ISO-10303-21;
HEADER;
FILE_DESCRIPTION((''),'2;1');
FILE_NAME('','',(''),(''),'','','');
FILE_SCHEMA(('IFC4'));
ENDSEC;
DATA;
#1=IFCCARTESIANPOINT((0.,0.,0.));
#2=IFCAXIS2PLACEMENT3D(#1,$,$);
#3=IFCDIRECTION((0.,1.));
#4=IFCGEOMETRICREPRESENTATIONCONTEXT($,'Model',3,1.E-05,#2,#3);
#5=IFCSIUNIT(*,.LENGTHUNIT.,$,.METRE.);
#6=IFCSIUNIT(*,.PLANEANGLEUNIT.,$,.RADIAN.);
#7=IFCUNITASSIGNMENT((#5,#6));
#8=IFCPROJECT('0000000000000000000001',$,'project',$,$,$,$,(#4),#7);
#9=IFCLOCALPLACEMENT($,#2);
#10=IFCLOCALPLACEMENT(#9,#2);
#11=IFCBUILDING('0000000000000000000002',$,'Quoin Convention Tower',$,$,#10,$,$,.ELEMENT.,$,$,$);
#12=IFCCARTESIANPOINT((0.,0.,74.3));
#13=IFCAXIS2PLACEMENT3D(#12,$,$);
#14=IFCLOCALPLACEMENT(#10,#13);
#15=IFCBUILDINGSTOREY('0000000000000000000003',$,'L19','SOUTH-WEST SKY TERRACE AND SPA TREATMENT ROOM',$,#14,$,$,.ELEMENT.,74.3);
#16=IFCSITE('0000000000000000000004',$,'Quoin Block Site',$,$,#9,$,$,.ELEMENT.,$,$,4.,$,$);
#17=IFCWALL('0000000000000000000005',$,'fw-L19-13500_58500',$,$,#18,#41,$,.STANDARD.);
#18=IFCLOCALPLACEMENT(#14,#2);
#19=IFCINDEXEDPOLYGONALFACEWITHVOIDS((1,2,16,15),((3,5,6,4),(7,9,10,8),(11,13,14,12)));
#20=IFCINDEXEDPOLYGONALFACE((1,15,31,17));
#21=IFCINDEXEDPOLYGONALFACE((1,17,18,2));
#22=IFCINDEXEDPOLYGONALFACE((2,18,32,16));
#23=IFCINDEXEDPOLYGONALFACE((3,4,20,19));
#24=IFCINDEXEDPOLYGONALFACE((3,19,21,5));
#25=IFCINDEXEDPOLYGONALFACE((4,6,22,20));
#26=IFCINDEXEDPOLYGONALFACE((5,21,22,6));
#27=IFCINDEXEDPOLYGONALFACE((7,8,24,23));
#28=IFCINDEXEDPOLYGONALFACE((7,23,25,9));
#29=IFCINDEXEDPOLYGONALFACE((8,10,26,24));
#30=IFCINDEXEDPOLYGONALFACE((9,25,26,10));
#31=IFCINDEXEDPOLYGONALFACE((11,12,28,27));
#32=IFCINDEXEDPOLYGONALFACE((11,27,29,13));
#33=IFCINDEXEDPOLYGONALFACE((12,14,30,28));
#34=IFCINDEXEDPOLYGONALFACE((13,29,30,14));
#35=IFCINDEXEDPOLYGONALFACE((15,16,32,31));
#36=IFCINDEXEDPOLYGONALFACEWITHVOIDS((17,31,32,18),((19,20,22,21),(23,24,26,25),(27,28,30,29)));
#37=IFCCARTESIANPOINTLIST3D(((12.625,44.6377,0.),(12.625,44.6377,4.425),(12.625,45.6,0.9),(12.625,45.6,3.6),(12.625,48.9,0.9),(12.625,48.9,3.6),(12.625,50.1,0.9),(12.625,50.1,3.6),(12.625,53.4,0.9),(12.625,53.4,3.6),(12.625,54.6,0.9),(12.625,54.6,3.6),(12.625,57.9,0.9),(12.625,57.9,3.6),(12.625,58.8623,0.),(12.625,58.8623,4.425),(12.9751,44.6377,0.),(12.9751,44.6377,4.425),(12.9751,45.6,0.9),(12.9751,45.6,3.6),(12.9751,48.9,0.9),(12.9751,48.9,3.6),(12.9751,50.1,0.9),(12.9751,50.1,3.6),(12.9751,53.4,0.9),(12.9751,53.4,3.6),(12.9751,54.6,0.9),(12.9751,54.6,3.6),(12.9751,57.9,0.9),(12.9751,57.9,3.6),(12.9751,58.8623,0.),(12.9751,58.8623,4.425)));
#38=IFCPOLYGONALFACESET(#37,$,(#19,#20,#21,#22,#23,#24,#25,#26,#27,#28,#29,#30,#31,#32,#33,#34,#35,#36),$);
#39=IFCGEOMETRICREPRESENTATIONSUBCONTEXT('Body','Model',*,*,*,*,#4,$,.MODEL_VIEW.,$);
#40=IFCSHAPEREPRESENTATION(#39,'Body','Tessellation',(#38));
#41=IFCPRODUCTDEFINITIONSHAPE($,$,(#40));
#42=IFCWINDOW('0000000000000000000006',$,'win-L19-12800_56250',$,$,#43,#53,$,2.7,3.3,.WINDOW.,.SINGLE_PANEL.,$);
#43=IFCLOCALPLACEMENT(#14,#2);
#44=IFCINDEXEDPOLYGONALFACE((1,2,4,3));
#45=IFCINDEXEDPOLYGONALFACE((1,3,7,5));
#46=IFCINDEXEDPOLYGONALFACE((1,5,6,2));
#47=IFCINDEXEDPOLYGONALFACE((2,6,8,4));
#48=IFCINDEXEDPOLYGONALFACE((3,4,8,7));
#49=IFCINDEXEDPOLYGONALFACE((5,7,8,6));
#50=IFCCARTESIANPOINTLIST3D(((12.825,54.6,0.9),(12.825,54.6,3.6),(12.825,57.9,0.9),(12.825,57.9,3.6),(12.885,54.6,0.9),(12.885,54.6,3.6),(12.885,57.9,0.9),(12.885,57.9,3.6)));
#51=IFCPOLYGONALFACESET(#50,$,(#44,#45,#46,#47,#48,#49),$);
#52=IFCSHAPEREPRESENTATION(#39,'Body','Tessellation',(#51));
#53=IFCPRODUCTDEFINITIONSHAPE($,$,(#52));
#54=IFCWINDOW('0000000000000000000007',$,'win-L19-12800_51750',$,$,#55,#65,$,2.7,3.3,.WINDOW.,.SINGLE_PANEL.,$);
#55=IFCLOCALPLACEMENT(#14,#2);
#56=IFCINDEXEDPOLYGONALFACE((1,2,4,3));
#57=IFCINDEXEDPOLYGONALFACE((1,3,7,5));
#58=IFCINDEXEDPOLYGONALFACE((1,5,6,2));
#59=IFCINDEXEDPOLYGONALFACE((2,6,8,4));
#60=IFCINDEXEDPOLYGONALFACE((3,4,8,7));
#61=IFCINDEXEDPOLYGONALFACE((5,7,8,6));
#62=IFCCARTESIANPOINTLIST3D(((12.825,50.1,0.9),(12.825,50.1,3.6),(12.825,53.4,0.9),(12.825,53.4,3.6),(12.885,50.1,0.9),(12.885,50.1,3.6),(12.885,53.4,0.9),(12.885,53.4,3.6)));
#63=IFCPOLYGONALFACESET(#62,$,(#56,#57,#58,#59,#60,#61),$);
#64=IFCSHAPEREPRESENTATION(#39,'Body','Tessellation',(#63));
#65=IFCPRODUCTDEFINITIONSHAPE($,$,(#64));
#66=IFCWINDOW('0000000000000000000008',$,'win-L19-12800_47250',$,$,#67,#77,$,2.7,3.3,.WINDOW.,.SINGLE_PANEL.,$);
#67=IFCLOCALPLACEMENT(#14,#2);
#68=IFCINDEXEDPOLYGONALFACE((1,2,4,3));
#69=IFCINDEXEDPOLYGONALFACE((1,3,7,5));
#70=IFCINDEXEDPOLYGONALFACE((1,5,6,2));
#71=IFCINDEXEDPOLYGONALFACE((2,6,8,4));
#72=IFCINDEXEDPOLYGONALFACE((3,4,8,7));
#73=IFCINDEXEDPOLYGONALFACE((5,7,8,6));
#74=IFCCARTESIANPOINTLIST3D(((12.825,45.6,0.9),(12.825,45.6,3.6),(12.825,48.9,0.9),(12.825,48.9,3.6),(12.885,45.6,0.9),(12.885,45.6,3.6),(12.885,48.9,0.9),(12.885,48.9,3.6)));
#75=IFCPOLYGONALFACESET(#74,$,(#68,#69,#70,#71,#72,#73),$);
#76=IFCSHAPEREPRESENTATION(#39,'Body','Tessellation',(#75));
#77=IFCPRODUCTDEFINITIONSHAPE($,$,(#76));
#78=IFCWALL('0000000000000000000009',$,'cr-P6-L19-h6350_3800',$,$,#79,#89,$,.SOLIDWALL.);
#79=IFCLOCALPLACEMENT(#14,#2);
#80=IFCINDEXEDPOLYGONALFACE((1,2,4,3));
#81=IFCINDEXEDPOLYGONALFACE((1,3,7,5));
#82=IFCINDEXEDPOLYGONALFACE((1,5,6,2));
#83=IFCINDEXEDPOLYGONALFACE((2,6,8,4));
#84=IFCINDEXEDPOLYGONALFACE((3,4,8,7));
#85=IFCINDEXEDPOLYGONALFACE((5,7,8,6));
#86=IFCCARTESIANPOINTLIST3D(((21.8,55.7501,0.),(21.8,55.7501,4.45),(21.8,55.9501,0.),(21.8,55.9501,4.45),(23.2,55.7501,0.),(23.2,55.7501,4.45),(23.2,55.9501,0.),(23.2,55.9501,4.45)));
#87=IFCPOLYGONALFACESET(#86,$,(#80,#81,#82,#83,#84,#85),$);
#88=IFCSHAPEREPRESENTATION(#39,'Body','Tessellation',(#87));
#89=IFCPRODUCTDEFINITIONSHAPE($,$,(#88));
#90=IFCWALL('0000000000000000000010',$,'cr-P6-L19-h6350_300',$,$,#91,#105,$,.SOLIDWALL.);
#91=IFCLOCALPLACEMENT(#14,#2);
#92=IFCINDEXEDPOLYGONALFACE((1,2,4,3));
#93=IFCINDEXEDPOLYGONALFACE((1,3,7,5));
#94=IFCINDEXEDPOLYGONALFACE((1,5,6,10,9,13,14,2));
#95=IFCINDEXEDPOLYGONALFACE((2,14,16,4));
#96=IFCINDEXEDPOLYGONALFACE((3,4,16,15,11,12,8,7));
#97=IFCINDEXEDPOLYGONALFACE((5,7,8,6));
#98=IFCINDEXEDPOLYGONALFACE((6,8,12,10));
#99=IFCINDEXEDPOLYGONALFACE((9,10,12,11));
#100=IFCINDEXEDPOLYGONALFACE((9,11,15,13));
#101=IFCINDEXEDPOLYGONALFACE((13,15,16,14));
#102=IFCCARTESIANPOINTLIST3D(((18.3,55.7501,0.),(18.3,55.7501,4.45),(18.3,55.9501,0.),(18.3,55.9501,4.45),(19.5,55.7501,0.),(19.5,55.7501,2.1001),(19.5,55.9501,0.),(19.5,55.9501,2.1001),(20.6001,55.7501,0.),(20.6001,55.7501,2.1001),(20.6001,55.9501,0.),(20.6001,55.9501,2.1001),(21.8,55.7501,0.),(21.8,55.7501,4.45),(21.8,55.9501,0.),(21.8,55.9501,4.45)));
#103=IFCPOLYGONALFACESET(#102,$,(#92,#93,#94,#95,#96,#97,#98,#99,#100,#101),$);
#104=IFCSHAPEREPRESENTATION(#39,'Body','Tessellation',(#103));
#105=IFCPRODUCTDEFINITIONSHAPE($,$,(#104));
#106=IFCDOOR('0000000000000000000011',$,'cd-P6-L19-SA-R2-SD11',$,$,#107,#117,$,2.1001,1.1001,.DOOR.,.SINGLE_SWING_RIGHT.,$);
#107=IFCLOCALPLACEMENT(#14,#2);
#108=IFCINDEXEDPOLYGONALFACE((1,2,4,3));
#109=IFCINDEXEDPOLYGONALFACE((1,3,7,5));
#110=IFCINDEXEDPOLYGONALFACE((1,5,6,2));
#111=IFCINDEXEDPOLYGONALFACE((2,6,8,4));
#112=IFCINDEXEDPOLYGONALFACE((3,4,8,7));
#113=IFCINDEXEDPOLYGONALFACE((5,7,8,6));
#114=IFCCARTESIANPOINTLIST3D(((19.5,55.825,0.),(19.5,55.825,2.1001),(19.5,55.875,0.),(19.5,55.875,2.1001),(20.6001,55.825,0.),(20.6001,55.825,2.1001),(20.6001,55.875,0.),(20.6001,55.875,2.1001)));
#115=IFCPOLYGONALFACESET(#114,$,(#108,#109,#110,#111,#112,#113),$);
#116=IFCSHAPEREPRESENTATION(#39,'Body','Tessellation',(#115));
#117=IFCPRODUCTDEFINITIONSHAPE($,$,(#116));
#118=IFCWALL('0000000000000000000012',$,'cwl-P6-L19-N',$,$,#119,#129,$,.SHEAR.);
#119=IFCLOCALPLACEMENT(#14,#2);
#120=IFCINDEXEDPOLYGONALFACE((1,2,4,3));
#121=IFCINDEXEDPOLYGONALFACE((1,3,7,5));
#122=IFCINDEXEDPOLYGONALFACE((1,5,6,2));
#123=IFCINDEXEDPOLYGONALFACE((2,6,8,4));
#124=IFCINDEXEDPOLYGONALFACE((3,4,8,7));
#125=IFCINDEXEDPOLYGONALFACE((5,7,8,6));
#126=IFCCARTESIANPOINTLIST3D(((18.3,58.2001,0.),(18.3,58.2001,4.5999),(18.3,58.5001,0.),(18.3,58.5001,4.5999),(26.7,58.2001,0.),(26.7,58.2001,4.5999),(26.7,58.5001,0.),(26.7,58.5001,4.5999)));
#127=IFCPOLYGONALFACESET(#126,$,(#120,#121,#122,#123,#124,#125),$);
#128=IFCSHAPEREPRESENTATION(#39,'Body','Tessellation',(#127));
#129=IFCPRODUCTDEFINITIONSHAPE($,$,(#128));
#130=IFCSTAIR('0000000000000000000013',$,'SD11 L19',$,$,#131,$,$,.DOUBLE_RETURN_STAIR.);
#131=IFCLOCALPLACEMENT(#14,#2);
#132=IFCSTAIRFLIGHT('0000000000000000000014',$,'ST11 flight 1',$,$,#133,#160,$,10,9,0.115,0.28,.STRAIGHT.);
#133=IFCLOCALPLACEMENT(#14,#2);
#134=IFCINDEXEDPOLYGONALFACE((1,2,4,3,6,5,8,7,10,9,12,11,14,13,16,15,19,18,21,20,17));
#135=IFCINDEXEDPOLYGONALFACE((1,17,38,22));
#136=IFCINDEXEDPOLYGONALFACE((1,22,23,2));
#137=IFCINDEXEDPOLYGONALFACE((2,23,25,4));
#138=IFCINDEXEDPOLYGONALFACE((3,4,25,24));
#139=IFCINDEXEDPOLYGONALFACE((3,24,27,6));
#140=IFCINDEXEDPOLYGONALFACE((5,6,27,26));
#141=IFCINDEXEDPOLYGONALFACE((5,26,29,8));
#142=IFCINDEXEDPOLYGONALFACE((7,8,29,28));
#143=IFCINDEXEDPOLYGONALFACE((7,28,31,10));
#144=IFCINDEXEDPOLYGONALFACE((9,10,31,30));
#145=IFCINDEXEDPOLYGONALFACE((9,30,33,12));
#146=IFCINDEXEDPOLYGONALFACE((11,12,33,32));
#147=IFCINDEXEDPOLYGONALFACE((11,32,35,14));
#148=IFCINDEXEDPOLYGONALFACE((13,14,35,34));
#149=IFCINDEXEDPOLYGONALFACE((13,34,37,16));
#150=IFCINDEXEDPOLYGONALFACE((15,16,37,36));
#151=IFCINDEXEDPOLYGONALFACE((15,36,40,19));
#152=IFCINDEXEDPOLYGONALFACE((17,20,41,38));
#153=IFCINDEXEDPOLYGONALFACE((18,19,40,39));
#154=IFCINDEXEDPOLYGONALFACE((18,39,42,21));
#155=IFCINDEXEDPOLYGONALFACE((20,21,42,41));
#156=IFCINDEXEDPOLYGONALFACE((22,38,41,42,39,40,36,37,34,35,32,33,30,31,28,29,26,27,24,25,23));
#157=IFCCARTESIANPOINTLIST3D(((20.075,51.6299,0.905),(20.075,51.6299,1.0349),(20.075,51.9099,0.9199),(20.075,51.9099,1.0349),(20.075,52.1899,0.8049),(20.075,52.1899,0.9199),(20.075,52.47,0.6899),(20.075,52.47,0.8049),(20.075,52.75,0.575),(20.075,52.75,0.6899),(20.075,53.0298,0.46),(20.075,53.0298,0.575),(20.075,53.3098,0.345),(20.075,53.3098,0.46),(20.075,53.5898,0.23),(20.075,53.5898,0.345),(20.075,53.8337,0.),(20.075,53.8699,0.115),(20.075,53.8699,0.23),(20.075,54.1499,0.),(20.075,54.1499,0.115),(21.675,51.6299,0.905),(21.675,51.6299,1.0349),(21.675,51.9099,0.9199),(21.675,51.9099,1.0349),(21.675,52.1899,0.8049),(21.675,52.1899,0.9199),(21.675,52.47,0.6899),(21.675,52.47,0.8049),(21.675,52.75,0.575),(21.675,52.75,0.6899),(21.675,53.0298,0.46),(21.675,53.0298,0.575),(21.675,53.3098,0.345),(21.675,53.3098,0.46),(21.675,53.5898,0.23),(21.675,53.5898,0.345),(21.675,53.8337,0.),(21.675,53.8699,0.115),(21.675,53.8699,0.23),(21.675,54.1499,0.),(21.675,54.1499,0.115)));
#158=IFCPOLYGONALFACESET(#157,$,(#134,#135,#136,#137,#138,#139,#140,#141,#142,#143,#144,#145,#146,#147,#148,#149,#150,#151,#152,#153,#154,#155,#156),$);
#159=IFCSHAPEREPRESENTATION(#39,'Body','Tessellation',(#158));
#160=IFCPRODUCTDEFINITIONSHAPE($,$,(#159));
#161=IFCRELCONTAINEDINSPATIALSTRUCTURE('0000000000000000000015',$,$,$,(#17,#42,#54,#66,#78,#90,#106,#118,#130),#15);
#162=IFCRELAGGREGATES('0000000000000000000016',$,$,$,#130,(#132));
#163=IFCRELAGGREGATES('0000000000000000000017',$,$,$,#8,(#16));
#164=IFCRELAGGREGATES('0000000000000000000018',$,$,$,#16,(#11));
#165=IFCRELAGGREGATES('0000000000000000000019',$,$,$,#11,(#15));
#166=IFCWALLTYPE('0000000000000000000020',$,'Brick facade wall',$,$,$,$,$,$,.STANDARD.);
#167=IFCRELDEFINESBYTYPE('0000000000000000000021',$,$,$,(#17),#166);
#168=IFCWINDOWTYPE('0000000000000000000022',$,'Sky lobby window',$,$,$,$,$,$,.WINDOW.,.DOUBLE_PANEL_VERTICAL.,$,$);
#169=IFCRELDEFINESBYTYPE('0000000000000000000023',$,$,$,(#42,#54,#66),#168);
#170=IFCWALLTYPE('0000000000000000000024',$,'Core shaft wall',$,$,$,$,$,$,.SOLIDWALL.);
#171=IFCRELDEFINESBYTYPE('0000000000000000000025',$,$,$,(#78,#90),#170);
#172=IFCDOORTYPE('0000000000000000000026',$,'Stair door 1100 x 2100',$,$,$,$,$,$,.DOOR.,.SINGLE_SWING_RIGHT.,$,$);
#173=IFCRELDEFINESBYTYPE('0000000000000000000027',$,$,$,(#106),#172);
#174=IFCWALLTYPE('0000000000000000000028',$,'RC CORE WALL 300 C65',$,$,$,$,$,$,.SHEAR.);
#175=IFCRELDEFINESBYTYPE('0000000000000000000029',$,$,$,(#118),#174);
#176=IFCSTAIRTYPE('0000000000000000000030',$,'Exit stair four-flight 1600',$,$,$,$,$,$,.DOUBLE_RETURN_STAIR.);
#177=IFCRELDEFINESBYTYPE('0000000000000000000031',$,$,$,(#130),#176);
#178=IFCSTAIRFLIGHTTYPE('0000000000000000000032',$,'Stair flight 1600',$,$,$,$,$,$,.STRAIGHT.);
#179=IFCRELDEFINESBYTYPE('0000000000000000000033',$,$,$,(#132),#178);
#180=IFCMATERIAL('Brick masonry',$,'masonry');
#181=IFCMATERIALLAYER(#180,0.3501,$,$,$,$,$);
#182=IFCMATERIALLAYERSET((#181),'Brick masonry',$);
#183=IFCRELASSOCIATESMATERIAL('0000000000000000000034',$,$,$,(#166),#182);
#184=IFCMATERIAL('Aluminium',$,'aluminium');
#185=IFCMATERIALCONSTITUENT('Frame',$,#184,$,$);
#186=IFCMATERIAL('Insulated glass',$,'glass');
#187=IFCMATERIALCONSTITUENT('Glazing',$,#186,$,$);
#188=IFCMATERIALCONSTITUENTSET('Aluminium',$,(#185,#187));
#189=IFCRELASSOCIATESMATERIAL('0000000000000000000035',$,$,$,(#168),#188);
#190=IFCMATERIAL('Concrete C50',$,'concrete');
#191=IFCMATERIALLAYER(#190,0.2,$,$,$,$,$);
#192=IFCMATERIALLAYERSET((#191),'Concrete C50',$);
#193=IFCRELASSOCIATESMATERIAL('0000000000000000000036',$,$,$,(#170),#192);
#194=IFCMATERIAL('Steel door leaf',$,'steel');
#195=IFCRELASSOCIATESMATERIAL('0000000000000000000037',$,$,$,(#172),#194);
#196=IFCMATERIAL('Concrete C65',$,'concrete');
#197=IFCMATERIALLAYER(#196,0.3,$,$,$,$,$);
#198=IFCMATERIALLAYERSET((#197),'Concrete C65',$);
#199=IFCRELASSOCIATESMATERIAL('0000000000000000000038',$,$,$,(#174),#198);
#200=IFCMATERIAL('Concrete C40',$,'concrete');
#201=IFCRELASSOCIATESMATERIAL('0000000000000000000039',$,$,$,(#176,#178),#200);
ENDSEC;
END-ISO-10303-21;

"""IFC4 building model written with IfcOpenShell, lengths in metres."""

from ifc_helpers import new_model, si_unit, direction, frame, frame_2d, origin, place, context, subcontext, project, spatial, polyline, rectangle, outline, extrude, material, layer, layer_set, constituent, constituent_set, type_object, element, fill, aggregate, save


model = new_model("IFC4")

# Units and contexts
model_context = context("Model", 3, precision=1e-05, world=origin(), true_north=direction((0.0, 1.0)))
body_context = subcontext(model_context, "Body", "Model", "MODEL_VIEW")
ifc_project = project(units=[si_unit("LENGTHUNIT", "METRE"), si_unit("PLANEANGLEUNIT", "RADIAN")], contexts=[model_context])

# Site, building, storey
site_placement = place(None, origin())
site = spatial("IfcSite", under=ifc_project, at=site_placement, Name="Quoin Block Site", CompositionType="ELEMENT", RefElevation=4.0)
building_placement = place(site_placement, origin())
building = spatial("IfcBuilding", under=site, at=building_placement, Name="Quoin Convention Tower", CompositionType="ELEMENT")
storey_placement = place(building_placement, frame((0.0, 0.0, 74.3)))
storey = spatial("IfcBuildingStorey", under=building, at=storey_placement, Name="L19", Description="SOUTH-WEST SKY TERRACE AND SPA TREATMENT ROOM", CompositionType="ELEMENT", Elevation=74.3)

# Shared definitions
ifc_material_1 = material(Name="Concrete C65", Category="concrete")

# Shared definitions
ifc_material_2 = material(Name="Brick masonry", Category="masonry")
ifc_layer_1 = layer(ifc_material_2, 0.3501)
ifc_layer_set_1 = layer_set([ifc_layer_1], Name="Brick masonry")
wall_type_1 = type_object("IfcWallType", Name="Brick facade wall", PredefinedType="STANDARD", material=ifc_layer_set_1)
ifc_material_3 = material(Name="Aluminium", Category="aluminium")
ifc_constituent_1 = constituent(ifc_material_3, Name="Frame")
ifc_material_4 = material(Name="Insulated glass", Category="glass")
ifc_constituent_2 = constituent(ifc_material_4, Name="Glazing")
ifc_constituent_set = constituent_set(constituents=[ifc_constituent_1, ifc_constituent_2], Name="Aluminium")
window_type = type_object("IfcWindowType", Name="Sky lobby window", PartitioningType="DOUBLE_PANEL_VERTICAL", PredefinedType="WINDOW", material=ifc_constituent_set)

# Wall, openings, windows
wall_1_placement = place(storey_placement, frame((12.8, 58.8623, 0.0), z_axis=(0.0, 0.0, 1.0), x_axis=(0.0, -1.0, 0.0)))
wall_1 = element("IfcWall", 1, at=wall_1_placement, inside=storey, type_object=wall_type_1, Name="fw-L19-13500_58500", PredefinedType="STANDARD", context=body_context, shape_type="SweptSolid", body=[
    extrude(rectangle(XDim=14.2246, YDim=0.3501, at=frame_2d((7.1123, 0.0))), origin(), (0.0, 0.0, 1.0), 4.425),
])
opening_1_placement = place(wall_1_placement, frame((0.9624, 0.0, 0.8999)))
opening_1 = element("IfcOpeningElement", 2, at=opening_1_placement, cuts=wall_1, PredefinedType="OPENING", context=body_context, shape_type="SweptSolid", body=[
    extrude(rectangle(XDim=3.3, YDim=2.7, at=frame_2d((1.6499, 1.3501))), frame((0.0, 0.1851, 0.0), z_axis=(0.0, -1.0, 0.0), x_axis=(1.0, 0.0, 0.0)), (0.0, 0.0, 1.0), 0.3701),
])
opening_2_placement = place(wall_1_placement, frame((5.4624, 0.0, 0.8999)))
opening_2 = element("IfcOpeningElement", 3, at=opening_2_placement, cuts=wall_1, PredefinedType="OPENING", context=body_context, shape_type="SweptSolid", body=[
    extrude(rectangle(XDim=3.3, YDim=2.7, at=frame_2d((1.6499, 1.3501))), frame((0.0, 0.1851, 0.0), z_axis=(0.0, -1.0, 0.0), x_axis=(1.0, 0.0, 0.0)), (0.0, 0.0, 1.0), 0.3701),
])
opening_3_placement = place(wall_1_placement, frame((9.9624, 0.0, 0.8999)))
opening_3 = element("IfcOpeningElement", 4, at=opening_3_placement, cuts=wall_1, PredefinedType="OPENING", context=body_context, shape_type="SweptSolid", body=[
    extrude(rectangle(XDim=3.3, YDim=2.7, at=frame_2d((1.6499, 1.3501))), frame((0.0, 0.1851, 0.0), z_axis=(0.0, -1.0, 0.0), x_axis=(1.0, 0.0, 0.0)), (0.0, 0.0, 1.0), 0.3701),
])
window_1_placement = place(opening_1_placement, origin())
window_1 = element("IfcWindow", 5, at=window_1_placement, inside=storey, type_object=window_type, Name="win-L19-12800_56250", OverallHeight=2.7, OverallWidth=3.3, PartitioningType="SINGLE_PANEL", PredefinedType="WINDOW", context=body_context, shape_type="SweptSolid", body=[
    extrude(rectangle(XDim=3.3, YDim=2.7, at=frame_2d((1.6499, 1.3501))), frame((0.0, 0.085, 0.0), z_axis=(0.0, -1.0, 0.0), x_axis=(1.0, 0.0, 0.0)), (0.0, 0.0, 1.0), 0.0601),
])
fill(opening_1, window_1)
window_2_placement = place(opening_2_placement, origin())
window_2 = element("IfcWindow", 6, at=window_2_placement, inside=storey, type_object=window_type, Name="win-L19-12800_51750", OverallHeight=2.7, OverallWidth=3.3, PartitioningType="SINGLE_PANEL", PredefinedType="WINDOW", context=body_context, shape_type="SweptSolid", body=[
    extrude(rectangle(XDim=3.3, YDim=2.7, at=frame_2d((1.6499, 1.3501))), frame((0.0, 0.085, 0.0), z_axis=(0.0, -1.0, 0.0), x_axis=(1.0, 0.0, 0.0)), (0.0, 0.0, 1.0), 0.0601),
])
fill(opening_2, window_2)
window_3_placement = place(opening_3_placement, origin())
window_3 = element("IfcWindow", 7, at=window_3_placement, inside=storey, type_object=window_type, Name="win-L19-12800_47250", OverallHeight=2.7, OverallWidth=3.3, PartitioningType="SINGLE_PANEL", PredefinedType="WINDOW", context=body_context, shape_type="SweptSolid", body=[
    extrude(rectangle(XDim=3.3, YDim=2.7, at=frame_2d((1.6499, 1.3501))), frame((0.0, 0.085, 0.0), z_axis=(0.0, -1.0, 0.0), x_axis=(1.0, 0.0, 0.0)), (0.0, 0.0, 1.0), 0.0601),
])
fill(opening_3, window_3)

# Wall
ifc_material_5 = material(Name="Concrete C50", Category="concrete")
ifc_layer_2 = layer(ifc_material_5, 0.2)
ifc_layer_set_2 = layer_set([ifc_layer_2], Name="Concrete C50")
wall_type_2 = type_object("IfcWallType", Name="Core shaft wall", PredefinedType="SOLIDWALL", material=ifc_layer_set_2)
wall_2_placement = place(storey_placement, frame((21.8, 55.8501, 0.0), z_axis=(0.0, 0.0, 1.0), x_axis=(1.0, 0.0, 0.0)))
element("IfcWall", 8, at=wall_2_placement, inside=storey, type_object=wall_type_2, Name="cr-P6-L19-h6350_3800", PredefinedType="SOLIDWALL", context=body_context, shape_type="SweptSolid", body=[
    extrude(rectangle(XDim=1.3999, YDim=0.2, at=frame_2d((0.7, 0.0))), origin(), (0.0, 0.0, 1.0), 4.45),
])

# Wall, opening, door
wall_3_placement = place(storey_placement, frame((18.3, 55.8501, 0.0), z_axis=(0.0, 0.0, 1.0), x_axis=(1.0, 0.0, 0.0)))
wall_3 = element("IfcWall", 9, at=wall_3_placement, inside=storey, type_object=wall_type_2, Name="cr-P6-L19-h6350_300", PredefinedType="SOLIDWALL", context=body_context, shape_type="SweptSolid", body=[
    extrude(rectangle(XDim=3.5, YDim=0.2, at=frame_2d((1.75, 0.0))), origin(), (0.0, 0.0, 1.0), 4.45),
])
opening_4_placement = place(wall_3_placement, frame((1.2, 0.0, 0.0)))
opening_4 = element("IfcOpeningElement", 10, at=opening_4_placement, cuts=wall_3, PredefinedType="OPENING", context=body_context, shape_type="SweptSolid", body=[
    extrude(rectangle(XDim=1.1001, YDim=2.1001, at=frame_2d((0.55, 1.05))), frame((0.0, 0.1099, 0.0), z_axis=(0.0, -1.0, 0.0), x_axis=(1.0, 0.0, 0.0)), (0.0, 0.0, 1.0), 0.22),
])
ifc_material_6 = material(Name="Steel door leaf", Category="steel")
door_type = type_object("IfcDoorType", Name="Stair door 1100 x 2100", OperationType="SINGLE_SWING_RIGHT", PredefinedType="DOOR", material=ifc_material_6)
door_placement = place(opening_4_placement, origin())
door = element("IfcDoor", 11, at=door_placement, inside=storey, type_object=door_type, Name="cd-P6-L19-SA-R2-SD11", OperationType="SINGLE_SWING_RIGHT", OverallHeight=2.1001, OverallWidth=1.1001, PredefinedType="DOOR", context=body_context, shape_type="SweptSolid", body=[
    extrude(rectangle(XDim=1.1001, YDim=2.1001, at=frame_2d((0.55, 1.05))), frame((0.0, 0.0249, 0.0), z_axis=(0.0, -1.0, 0.0), x_axis=(1.0, 0.0, 0.0)), (0.0, 0.0, 1.0), 0.05),
])
fill(opening_4, door)

# Wall
ifc_layer_3 = layer(ifc_material_1, 0.3)
ifc_layer_set_3 = layer_set([ifc_layer_3], Name="Concrete C65")
wall_type_3 = type_object("IfcWallType", Name="RC CORE WALL 300 C65", PredefinedType="SHEAR", material=ifc_layer_set_3)
wall_4_placement = place(storey_placement, frame((18.3, 58.3501, 0.0), z_axis=(0.0, 0.0, 1.0), x_axis=(1.0, 0.0, 0.0)))
element("IfcWall", 12, at=wall_4_placement, inside=storey, type_object=wall_type_3, Name="cwl-P6-L19-N", PredefinedType="SHEAR", context=body_context, shape_type="SweptSolid", body=[
    extrude(rectangle(XDim=8.3999, YDim=0.3, at=frame_2d((4.2, 0.0))), origin(), (0.0, 0.0, 1.0), 4.5999),
])

# Stair, stair flight
ifc_material_7 = material(Name="Concrete C40", Category="concrete")
stair_type = type_object("IfcStairType", Name="Exit stair four-flight 1600", PredefinedType="DOUBLE_RETURN_STAIR", material=ifc_material_7)
stair_placement = place(storey_placement, origin())
stair = element("IfcStair", 13, at=stair_placement, inside=storey, type_object=stair_type, Name="SD11 L19", PredefinedType="DOUBLE_RETURN_STAIR")
stair_flight_type = type_object("IfcStairFlightType", Name="Stair flight 1600", PredefinedType="STRAIGHT", material=ifc_material_7)
stair_flight_1_placement = place(storey_placement, frame((20.875, 54.1499, 0.0), z_axis=(0.0, 0.0, 1.0), x_axis=(0.0, -1.0, 0.0)))
stair_flight_1 = element("IfcStairFlight", 14, at=stair_flight_1_placement, type_object=stair_flight_type, Name="ST11 flight 1", NumberOfRisers=10, NumberOfTreads=9, PredefinedType="STRAIGHT", RiserHeight=0.115, TreadLength=0.28, context=body_context, shape_type="SweptSolid", body=[
    extrude(outline(polyline([(0.0, 0.0), (0.0, 0.115), (0.28, 0.115), (0.28, 0.23), (0.5601, 0.23), (0.5601, 0.345), (0.8401, 0.345), (0.8401, 0.46), (1.1201, 0.46), (1.1201, 0.575), (1.3999, 0.575), (1.3999, 0.6899), (1.6799, 0.6899), (1.6799, 0.8049), (1.96, 0.8049), (1.96, 0.9199), (2.24, 0.9199), (2.24, 1.0349), (2.52, 1.0349), (2.52, 1.1499), (2.52, 0.905), (0.3162, 0.0), (0.0, 0.0)])), frame((0.0, 0.8, 0.0), z_axis=(0.0, -1.0, 0.0), x_axis=(1.0, 0.0, 0.0)), (0.0, 0.0, 1.0), 1.6001),
])
aggregate(stair, [stair_flight_1])

save(model, "model.ifc")
